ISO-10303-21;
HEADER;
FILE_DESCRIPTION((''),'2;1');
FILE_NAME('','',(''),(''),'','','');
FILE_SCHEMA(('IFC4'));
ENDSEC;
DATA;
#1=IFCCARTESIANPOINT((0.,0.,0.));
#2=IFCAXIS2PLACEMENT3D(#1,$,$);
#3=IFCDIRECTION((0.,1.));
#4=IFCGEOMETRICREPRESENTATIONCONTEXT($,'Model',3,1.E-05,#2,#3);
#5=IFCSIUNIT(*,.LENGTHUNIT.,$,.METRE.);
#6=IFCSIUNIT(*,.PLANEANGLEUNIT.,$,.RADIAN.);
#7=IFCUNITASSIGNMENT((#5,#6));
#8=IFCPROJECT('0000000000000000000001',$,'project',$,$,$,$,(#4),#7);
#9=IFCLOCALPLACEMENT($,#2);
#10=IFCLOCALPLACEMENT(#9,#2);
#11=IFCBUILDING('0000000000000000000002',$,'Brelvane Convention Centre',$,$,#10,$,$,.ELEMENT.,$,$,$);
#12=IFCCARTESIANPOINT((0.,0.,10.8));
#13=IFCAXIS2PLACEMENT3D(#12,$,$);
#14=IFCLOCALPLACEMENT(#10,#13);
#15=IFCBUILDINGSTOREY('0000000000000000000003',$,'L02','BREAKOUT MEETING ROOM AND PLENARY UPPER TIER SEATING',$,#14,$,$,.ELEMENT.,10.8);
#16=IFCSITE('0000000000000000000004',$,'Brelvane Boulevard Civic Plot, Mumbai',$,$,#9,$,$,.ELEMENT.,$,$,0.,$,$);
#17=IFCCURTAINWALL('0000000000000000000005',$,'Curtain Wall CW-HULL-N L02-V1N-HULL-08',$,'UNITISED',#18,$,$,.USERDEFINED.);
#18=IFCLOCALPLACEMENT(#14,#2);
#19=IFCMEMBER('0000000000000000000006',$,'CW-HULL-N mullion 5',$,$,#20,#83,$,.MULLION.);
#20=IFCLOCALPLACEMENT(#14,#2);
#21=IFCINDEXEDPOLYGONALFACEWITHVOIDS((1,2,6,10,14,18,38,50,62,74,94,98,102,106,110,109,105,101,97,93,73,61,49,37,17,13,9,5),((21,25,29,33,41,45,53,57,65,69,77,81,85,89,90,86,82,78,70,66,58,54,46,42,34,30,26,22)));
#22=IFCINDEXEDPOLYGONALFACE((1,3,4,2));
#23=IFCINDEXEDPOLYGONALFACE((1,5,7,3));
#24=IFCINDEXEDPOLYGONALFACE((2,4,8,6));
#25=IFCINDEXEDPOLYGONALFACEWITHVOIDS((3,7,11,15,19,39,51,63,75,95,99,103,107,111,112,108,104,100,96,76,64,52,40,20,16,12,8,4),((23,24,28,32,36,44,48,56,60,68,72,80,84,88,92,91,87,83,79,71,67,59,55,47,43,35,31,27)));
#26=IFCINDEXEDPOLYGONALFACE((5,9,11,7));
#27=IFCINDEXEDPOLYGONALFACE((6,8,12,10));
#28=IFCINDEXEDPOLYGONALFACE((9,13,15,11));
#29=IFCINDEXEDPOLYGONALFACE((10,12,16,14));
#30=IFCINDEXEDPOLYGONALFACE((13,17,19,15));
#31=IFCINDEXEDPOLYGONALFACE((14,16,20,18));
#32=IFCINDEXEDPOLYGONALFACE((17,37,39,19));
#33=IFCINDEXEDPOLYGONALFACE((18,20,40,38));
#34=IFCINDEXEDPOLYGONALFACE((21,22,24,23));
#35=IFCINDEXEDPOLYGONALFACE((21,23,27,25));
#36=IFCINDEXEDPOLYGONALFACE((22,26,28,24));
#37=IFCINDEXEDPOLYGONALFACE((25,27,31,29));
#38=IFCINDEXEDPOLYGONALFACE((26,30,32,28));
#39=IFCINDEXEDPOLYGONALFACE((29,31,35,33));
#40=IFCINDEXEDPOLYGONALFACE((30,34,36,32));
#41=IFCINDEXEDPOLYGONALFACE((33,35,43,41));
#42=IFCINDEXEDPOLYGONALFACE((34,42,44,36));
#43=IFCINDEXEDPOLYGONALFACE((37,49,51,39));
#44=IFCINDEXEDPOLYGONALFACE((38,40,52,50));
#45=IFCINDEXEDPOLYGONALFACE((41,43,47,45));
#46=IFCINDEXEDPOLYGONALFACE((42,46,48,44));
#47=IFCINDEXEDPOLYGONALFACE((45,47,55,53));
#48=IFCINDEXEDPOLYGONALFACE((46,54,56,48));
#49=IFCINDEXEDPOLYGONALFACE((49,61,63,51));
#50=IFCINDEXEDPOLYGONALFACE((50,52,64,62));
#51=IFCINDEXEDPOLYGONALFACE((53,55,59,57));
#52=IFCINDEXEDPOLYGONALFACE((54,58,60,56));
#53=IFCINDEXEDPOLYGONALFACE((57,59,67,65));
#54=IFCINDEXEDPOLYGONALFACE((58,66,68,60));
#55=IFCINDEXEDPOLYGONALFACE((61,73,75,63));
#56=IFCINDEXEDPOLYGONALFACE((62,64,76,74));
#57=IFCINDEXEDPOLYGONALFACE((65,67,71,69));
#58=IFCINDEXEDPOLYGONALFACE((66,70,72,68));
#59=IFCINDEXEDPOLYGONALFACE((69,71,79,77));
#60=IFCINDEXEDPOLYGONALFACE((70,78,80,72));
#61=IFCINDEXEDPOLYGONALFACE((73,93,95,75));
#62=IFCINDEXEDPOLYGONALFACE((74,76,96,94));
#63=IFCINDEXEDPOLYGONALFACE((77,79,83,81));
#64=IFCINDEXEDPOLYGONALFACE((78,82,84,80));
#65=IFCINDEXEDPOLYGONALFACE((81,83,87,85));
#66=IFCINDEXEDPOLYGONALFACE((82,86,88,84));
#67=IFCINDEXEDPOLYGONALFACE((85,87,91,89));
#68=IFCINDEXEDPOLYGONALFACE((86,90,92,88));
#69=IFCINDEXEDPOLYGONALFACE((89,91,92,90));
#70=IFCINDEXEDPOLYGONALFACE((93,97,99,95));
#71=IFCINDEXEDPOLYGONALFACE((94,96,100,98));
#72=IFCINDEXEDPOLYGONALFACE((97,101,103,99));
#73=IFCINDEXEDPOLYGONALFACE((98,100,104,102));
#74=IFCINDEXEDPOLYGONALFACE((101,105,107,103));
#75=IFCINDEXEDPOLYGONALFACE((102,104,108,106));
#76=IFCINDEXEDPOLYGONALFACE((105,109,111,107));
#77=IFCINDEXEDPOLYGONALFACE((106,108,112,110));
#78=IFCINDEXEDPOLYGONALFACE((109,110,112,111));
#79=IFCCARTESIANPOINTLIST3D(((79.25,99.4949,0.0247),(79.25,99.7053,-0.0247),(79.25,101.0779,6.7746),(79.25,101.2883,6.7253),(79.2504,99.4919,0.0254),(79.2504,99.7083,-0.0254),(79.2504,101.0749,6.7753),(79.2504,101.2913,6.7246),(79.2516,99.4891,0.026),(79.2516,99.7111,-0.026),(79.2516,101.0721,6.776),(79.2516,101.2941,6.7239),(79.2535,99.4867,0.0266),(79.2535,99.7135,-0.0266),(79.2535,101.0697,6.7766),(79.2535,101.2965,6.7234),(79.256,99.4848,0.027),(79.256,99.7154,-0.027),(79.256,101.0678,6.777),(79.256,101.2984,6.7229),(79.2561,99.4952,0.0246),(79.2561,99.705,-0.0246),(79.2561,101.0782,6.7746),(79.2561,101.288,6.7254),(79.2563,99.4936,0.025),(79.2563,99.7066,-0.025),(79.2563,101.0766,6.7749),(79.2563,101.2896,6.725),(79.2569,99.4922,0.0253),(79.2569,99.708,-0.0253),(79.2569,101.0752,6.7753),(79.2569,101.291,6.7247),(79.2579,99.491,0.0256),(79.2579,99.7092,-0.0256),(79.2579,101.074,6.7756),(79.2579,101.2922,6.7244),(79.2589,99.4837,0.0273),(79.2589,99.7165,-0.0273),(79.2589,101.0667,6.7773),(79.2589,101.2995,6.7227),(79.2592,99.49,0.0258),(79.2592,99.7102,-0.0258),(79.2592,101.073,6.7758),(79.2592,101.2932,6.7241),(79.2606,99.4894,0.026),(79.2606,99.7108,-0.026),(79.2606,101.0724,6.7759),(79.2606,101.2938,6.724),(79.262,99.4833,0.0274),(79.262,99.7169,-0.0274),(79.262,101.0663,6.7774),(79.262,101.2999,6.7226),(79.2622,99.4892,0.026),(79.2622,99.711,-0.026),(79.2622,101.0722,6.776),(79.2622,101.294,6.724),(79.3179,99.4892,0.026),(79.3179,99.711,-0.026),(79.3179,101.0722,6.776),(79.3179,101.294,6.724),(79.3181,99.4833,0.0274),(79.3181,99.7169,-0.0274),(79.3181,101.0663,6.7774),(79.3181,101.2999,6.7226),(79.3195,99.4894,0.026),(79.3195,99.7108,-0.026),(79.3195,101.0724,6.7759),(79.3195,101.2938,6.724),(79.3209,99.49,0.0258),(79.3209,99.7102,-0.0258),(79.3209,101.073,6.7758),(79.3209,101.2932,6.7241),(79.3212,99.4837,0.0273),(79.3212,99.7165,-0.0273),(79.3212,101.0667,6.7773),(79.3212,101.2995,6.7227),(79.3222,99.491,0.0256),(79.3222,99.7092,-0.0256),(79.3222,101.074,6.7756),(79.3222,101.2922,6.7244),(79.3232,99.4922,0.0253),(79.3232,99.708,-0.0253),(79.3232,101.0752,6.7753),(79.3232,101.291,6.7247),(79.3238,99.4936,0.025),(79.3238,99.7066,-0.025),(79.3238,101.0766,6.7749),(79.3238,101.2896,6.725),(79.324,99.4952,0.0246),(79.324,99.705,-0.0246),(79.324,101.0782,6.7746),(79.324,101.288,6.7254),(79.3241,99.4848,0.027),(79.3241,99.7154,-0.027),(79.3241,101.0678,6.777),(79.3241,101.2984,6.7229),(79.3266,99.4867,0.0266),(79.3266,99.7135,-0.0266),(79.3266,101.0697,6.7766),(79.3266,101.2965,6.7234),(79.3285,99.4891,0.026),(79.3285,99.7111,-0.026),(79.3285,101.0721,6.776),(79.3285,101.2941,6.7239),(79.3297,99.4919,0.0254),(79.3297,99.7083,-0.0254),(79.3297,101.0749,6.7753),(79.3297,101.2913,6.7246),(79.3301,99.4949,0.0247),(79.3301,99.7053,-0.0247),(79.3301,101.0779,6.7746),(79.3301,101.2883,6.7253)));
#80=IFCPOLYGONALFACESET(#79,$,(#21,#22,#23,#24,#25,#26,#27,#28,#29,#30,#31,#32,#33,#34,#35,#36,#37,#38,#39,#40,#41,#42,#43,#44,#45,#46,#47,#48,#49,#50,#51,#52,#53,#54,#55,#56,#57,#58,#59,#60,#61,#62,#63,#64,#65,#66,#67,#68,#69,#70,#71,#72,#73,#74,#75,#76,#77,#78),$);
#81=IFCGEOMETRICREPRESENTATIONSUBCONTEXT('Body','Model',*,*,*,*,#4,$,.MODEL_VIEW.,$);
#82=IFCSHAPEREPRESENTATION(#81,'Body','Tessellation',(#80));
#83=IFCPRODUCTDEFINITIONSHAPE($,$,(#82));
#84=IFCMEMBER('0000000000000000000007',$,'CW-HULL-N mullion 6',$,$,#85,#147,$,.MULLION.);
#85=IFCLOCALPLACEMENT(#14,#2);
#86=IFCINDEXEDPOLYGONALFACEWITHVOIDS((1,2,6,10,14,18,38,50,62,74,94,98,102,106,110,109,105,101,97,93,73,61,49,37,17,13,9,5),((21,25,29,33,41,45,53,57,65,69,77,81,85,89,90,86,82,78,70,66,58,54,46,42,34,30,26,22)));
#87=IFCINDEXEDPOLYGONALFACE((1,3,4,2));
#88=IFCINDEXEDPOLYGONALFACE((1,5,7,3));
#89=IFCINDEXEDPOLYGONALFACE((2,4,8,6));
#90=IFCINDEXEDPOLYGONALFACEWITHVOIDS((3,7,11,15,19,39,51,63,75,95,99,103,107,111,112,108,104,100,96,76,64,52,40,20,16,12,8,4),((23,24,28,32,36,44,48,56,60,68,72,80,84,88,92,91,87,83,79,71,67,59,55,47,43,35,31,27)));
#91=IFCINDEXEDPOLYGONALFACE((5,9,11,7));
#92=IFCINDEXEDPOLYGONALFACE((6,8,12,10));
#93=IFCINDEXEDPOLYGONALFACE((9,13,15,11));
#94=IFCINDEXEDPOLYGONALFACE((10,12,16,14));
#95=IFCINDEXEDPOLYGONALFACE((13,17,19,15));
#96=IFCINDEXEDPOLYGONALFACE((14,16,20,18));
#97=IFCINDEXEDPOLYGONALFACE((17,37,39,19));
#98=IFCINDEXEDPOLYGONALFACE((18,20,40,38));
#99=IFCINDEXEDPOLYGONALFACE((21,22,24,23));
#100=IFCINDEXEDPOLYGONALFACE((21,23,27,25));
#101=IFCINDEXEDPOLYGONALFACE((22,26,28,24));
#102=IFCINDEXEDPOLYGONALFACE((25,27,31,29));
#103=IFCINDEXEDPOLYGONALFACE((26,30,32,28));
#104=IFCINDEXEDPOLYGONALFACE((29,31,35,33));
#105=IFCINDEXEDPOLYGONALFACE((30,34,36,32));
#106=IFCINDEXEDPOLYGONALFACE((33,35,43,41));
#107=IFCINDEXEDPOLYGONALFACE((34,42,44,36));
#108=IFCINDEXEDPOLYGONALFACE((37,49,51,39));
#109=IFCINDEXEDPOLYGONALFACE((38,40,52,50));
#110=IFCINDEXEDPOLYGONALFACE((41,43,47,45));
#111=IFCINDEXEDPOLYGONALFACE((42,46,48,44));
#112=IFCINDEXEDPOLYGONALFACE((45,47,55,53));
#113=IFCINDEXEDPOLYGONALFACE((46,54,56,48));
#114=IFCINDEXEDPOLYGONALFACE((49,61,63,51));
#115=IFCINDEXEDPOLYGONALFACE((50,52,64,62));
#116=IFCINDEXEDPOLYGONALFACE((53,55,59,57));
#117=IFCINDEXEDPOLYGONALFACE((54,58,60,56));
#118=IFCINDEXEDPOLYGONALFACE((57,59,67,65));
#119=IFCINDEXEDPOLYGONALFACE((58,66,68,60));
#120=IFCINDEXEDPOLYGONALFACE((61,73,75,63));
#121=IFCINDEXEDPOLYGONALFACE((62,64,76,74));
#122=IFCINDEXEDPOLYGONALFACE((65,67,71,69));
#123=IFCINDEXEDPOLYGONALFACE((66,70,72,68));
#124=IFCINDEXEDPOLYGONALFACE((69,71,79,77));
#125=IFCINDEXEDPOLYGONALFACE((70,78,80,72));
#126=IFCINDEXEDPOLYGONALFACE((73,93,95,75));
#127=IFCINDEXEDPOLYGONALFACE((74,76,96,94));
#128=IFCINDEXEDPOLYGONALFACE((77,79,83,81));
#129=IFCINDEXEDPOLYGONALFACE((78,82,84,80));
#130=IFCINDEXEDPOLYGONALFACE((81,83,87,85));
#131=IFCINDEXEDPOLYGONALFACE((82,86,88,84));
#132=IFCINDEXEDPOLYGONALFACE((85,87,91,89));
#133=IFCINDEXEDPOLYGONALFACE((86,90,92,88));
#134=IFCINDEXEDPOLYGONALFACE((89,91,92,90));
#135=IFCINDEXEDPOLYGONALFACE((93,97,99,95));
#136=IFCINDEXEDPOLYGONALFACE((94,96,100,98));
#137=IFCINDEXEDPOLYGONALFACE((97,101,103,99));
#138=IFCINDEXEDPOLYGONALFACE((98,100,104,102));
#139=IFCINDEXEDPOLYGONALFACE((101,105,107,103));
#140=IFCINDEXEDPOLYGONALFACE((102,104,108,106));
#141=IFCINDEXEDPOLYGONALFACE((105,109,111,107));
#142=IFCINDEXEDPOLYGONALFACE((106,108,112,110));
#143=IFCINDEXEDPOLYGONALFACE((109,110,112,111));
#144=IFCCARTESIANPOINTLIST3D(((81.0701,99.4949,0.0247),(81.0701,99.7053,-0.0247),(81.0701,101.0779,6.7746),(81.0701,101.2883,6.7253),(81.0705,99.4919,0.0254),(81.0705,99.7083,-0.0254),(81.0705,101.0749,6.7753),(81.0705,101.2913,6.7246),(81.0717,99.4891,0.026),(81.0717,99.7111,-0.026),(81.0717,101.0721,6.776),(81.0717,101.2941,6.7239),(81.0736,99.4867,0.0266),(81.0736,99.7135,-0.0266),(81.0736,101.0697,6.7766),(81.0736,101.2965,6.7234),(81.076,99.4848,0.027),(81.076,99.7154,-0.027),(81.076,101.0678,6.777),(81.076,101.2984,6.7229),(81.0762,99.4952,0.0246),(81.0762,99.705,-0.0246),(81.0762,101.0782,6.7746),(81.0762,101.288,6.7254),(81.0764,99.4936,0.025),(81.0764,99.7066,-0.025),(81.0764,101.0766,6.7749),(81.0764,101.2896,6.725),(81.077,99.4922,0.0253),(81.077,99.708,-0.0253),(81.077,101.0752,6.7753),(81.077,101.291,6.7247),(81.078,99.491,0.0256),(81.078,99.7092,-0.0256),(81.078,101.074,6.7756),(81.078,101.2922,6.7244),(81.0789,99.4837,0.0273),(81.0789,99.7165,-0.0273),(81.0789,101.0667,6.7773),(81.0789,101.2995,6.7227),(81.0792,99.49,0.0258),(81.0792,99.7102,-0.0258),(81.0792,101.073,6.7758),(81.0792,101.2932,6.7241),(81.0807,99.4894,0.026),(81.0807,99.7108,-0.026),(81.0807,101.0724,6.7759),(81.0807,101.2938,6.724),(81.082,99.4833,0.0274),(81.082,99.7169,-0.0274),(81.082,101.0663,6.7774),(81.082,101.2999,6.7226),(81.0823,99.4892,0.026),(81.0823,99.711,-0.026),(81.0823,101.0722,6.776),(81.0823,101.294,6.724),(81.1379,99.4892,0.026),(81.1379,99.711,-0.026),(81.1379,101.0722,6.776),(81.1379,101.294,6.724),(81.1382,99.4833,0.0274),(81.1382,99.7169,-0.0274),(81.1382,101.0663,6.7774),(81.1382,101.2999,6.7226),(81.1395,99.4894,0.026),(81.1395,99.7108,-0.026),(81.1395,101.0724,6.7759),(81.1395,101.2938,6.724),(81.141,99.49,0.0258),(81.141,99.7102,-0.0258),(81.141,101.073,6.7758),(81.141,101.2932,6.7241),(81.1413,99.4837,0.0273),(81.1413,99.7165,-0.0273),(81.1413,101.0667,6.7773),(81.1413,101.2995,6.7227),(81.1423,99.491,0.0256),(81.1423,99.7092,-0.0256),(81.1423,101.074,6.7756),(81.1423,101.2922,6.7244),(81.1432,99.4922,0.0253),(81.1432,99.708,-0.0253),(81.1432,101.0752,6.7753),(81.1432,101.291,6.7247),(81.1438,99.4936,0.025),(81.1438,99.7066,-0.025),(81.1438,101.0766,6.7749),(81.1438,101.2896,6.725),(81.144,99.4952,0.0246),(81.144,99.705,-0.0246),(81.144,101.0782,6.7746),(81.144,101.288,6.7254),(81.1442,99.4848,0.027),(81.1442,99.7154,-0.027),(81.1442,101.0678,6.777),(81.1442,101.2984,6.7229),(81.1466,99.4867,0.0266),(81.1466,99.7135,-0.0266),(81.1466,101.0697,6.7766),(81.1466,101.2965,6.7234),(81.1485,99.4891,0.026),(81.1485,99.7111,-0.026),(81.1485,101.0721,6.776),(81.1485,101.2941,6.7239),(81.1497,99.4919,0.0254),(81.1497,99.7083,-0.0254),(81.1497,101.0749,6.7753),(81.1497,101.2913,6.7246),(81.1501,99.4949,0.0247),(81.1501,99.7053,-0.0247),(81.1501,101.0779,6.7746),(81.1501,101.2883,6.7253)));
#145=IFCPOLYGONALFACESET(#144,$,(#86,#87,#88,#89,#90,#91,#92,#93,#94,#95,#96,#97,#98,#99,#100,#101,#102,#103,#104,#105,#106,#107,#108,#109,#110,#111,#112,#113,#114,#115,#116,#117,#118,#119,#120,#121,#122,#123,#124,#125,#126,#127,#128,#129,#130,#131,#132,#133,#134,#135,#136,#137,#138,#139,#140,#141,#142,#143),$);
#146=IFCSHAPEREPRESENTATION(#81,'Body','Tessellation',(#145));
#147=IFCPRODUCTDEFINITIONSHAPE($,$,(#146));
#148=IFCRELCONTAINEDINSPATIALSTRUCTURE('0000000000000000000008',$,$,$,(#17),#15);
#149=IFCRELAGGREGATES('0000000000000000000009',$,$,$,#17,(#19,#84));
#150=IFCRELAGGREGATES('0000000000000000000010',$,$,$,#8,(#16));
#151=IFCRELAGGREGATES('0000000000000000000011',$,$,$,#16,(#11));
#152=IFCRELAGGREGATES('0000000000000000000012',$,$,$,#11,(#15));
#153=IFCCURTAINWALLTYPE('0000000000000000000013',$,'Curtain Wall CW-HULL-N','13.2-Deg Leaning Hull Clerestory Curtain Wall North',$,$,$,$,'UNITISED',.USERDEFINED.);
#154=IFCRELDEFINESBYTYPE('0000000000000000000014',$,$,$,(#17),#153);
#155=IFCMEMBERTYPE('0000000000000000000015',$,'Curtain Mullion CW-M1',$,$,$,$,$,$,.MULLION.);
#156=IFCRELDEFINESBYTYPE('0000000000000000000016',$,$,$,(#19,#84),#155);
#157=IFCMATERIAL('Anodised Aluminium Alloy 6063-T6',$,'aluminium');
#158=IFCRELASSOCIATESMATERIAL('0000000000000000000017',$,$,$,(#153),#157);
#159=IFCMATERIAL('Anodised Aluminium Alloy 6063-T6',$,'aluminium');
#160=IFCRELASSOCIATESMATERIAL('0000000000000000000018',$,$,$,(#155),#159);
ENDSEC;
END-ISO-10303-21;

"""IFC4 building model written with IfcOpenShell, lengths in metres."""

from ifc_helpers import new_model, si_unit, direction, frame, origin, origin_2d, place, context, subcontext, project, spatial, hollow_rectangle, extrude, material, material_profile, profile_set, type_object, element, aggregate, save


model = new_model("IFC4")

# Units and contexts
model_context = context("Model", 3, precision=1e-05, world=origin(), true_north=direction((0.0, 1.0)))
body_context = subcontext(model_context, "Body", "Model", "MODEL_VIEW")
ifc_project = project(units=[si_unit("LENGTHUNIT", "METRE"), si_unit("PLANEANGLEUNIT", "RADIAN")], contexts=[model_context])

# Site, building, storey
site_placement = place(None, origin())
site = spatial("IfcSite", under=ifc_project, at=site_placement, Name="Brelvane Boulevard Civic Plot, Mumbai", CompositionType="ELEMENT", RefElevation=0.0)
building_placement = place(site_placement, origin())
building = spatial("IfcBuilding", under=site, at=building_placement, Name="Brelvane Convention Centre", CompositionType="ELEMENT")
storey_placement = place(building_placement, frame((0.0, 0.0, 10.8)))
storey = spatial("IfcBuildingStorey", under=building, at=storey_placement, Name="L02", Description="BREAKOUT MEETING ROOM AND PLENARY UPPER TIER SEATING", CompositionType="ELEMENT", Elevation=10.8)

# Curtain wall, members
ifc_material_1 = material(Name="Anodised Aluminium Alloy 6063-T6", Category="aluminium")
curtain_wall_type = type_object("IfcCurtainWallType", Name="Curtain Wall CW-HULL-N", Description="13.2-Deg Leaning Hull Clerestory Curtain Wall North", ElementType="UNITISED", PredefinedType="USERDEFINED", material=ifc_material_1)
curtain_wall_1_placement = place(storey_placement, origin())
curtain_wall_1 = element("IfcCurtainWall", 1, at=curtain_wall_1_placement, inside=storey, type_object=curtain_wall_type, Name="Curtain Wall CW-HULL-N L02-V1N-HULL-08", ObjectType="UNITISED", PredefinedType="USERDEFINED")
ifc_material_2 = material(Name="Anodised Aluminium Alloy 6063-T6", Category="aluminium")
ifc_material_profile_1 = material_profile(ifc_material_2, hollow_rectangle(XDim=0.0801, YDim=0.24, WallThickness=0.0061, InnerFilletRadius=0.0061, OuterFilletRadius=0.012, at=origin_2d()), Name="ALU-M 240x80x6.0")
ifc_profile_set_1 = profile_set([ifc_material_profile_1], Name="Anodised Aluminium Alloy 6063-T6")
member_type_1 = type_object("IfcMemberType", Name="Curtain Mullion CW-M1", PredefinedType="MULLION", material=ifc_profile_set_1)
member_1_placement = place(storey_placement, frame((79.29, 99.6001, 0.0), z_axis=(0.0, 0.228325, 0.973585), x_axis=(-1.0, 0.0, 0.0)))
member_1 = element("IfcMember", 2, at=member_1_placement, type_object=member_type_1, Name="CW-HULL-N mullion 5", PredefinedType="MULLION", context=body_context, shape_type="SweptSolid", body=[
    extrude(hollow_rectangle(XDim=0.0801, YDim=0.24, WallThickness=0.0061, InnerFilletRadius=0.0061, OuterFilletRadius=0.012, at=origin_2d()), origin(), (0.0, 0.0, 1.0), 6.9331),
])
member_2_placement = place(storey_placement, frame((81.1101, 99.6001, 0.0), z_axis=(0.0, 0.228325, 0.973585), x_axis=(-1.0, 0.0, 0.0)))
member_2 = element("IfcMember", 3, at=member_2_placement, type_object=member_type_1, Name="CW-HULL-N mullion 6", PredefinedType="MULLION", context=body_context, shape_type="SweptSolid", body=[
    extrude(hollow_rectangle(XDim=0.0801, YDim=0.24, WallThickness=0.0061, InnerFilletRadius=0.0061, OuterFilletRadius=0.012, at=origin_2d()), origin(), (0.0, 0.0, 1.0), 6.9331),
])

aggregate(curtain_wall_1, [member_1, member_2])

save(model, "model.ifc")
